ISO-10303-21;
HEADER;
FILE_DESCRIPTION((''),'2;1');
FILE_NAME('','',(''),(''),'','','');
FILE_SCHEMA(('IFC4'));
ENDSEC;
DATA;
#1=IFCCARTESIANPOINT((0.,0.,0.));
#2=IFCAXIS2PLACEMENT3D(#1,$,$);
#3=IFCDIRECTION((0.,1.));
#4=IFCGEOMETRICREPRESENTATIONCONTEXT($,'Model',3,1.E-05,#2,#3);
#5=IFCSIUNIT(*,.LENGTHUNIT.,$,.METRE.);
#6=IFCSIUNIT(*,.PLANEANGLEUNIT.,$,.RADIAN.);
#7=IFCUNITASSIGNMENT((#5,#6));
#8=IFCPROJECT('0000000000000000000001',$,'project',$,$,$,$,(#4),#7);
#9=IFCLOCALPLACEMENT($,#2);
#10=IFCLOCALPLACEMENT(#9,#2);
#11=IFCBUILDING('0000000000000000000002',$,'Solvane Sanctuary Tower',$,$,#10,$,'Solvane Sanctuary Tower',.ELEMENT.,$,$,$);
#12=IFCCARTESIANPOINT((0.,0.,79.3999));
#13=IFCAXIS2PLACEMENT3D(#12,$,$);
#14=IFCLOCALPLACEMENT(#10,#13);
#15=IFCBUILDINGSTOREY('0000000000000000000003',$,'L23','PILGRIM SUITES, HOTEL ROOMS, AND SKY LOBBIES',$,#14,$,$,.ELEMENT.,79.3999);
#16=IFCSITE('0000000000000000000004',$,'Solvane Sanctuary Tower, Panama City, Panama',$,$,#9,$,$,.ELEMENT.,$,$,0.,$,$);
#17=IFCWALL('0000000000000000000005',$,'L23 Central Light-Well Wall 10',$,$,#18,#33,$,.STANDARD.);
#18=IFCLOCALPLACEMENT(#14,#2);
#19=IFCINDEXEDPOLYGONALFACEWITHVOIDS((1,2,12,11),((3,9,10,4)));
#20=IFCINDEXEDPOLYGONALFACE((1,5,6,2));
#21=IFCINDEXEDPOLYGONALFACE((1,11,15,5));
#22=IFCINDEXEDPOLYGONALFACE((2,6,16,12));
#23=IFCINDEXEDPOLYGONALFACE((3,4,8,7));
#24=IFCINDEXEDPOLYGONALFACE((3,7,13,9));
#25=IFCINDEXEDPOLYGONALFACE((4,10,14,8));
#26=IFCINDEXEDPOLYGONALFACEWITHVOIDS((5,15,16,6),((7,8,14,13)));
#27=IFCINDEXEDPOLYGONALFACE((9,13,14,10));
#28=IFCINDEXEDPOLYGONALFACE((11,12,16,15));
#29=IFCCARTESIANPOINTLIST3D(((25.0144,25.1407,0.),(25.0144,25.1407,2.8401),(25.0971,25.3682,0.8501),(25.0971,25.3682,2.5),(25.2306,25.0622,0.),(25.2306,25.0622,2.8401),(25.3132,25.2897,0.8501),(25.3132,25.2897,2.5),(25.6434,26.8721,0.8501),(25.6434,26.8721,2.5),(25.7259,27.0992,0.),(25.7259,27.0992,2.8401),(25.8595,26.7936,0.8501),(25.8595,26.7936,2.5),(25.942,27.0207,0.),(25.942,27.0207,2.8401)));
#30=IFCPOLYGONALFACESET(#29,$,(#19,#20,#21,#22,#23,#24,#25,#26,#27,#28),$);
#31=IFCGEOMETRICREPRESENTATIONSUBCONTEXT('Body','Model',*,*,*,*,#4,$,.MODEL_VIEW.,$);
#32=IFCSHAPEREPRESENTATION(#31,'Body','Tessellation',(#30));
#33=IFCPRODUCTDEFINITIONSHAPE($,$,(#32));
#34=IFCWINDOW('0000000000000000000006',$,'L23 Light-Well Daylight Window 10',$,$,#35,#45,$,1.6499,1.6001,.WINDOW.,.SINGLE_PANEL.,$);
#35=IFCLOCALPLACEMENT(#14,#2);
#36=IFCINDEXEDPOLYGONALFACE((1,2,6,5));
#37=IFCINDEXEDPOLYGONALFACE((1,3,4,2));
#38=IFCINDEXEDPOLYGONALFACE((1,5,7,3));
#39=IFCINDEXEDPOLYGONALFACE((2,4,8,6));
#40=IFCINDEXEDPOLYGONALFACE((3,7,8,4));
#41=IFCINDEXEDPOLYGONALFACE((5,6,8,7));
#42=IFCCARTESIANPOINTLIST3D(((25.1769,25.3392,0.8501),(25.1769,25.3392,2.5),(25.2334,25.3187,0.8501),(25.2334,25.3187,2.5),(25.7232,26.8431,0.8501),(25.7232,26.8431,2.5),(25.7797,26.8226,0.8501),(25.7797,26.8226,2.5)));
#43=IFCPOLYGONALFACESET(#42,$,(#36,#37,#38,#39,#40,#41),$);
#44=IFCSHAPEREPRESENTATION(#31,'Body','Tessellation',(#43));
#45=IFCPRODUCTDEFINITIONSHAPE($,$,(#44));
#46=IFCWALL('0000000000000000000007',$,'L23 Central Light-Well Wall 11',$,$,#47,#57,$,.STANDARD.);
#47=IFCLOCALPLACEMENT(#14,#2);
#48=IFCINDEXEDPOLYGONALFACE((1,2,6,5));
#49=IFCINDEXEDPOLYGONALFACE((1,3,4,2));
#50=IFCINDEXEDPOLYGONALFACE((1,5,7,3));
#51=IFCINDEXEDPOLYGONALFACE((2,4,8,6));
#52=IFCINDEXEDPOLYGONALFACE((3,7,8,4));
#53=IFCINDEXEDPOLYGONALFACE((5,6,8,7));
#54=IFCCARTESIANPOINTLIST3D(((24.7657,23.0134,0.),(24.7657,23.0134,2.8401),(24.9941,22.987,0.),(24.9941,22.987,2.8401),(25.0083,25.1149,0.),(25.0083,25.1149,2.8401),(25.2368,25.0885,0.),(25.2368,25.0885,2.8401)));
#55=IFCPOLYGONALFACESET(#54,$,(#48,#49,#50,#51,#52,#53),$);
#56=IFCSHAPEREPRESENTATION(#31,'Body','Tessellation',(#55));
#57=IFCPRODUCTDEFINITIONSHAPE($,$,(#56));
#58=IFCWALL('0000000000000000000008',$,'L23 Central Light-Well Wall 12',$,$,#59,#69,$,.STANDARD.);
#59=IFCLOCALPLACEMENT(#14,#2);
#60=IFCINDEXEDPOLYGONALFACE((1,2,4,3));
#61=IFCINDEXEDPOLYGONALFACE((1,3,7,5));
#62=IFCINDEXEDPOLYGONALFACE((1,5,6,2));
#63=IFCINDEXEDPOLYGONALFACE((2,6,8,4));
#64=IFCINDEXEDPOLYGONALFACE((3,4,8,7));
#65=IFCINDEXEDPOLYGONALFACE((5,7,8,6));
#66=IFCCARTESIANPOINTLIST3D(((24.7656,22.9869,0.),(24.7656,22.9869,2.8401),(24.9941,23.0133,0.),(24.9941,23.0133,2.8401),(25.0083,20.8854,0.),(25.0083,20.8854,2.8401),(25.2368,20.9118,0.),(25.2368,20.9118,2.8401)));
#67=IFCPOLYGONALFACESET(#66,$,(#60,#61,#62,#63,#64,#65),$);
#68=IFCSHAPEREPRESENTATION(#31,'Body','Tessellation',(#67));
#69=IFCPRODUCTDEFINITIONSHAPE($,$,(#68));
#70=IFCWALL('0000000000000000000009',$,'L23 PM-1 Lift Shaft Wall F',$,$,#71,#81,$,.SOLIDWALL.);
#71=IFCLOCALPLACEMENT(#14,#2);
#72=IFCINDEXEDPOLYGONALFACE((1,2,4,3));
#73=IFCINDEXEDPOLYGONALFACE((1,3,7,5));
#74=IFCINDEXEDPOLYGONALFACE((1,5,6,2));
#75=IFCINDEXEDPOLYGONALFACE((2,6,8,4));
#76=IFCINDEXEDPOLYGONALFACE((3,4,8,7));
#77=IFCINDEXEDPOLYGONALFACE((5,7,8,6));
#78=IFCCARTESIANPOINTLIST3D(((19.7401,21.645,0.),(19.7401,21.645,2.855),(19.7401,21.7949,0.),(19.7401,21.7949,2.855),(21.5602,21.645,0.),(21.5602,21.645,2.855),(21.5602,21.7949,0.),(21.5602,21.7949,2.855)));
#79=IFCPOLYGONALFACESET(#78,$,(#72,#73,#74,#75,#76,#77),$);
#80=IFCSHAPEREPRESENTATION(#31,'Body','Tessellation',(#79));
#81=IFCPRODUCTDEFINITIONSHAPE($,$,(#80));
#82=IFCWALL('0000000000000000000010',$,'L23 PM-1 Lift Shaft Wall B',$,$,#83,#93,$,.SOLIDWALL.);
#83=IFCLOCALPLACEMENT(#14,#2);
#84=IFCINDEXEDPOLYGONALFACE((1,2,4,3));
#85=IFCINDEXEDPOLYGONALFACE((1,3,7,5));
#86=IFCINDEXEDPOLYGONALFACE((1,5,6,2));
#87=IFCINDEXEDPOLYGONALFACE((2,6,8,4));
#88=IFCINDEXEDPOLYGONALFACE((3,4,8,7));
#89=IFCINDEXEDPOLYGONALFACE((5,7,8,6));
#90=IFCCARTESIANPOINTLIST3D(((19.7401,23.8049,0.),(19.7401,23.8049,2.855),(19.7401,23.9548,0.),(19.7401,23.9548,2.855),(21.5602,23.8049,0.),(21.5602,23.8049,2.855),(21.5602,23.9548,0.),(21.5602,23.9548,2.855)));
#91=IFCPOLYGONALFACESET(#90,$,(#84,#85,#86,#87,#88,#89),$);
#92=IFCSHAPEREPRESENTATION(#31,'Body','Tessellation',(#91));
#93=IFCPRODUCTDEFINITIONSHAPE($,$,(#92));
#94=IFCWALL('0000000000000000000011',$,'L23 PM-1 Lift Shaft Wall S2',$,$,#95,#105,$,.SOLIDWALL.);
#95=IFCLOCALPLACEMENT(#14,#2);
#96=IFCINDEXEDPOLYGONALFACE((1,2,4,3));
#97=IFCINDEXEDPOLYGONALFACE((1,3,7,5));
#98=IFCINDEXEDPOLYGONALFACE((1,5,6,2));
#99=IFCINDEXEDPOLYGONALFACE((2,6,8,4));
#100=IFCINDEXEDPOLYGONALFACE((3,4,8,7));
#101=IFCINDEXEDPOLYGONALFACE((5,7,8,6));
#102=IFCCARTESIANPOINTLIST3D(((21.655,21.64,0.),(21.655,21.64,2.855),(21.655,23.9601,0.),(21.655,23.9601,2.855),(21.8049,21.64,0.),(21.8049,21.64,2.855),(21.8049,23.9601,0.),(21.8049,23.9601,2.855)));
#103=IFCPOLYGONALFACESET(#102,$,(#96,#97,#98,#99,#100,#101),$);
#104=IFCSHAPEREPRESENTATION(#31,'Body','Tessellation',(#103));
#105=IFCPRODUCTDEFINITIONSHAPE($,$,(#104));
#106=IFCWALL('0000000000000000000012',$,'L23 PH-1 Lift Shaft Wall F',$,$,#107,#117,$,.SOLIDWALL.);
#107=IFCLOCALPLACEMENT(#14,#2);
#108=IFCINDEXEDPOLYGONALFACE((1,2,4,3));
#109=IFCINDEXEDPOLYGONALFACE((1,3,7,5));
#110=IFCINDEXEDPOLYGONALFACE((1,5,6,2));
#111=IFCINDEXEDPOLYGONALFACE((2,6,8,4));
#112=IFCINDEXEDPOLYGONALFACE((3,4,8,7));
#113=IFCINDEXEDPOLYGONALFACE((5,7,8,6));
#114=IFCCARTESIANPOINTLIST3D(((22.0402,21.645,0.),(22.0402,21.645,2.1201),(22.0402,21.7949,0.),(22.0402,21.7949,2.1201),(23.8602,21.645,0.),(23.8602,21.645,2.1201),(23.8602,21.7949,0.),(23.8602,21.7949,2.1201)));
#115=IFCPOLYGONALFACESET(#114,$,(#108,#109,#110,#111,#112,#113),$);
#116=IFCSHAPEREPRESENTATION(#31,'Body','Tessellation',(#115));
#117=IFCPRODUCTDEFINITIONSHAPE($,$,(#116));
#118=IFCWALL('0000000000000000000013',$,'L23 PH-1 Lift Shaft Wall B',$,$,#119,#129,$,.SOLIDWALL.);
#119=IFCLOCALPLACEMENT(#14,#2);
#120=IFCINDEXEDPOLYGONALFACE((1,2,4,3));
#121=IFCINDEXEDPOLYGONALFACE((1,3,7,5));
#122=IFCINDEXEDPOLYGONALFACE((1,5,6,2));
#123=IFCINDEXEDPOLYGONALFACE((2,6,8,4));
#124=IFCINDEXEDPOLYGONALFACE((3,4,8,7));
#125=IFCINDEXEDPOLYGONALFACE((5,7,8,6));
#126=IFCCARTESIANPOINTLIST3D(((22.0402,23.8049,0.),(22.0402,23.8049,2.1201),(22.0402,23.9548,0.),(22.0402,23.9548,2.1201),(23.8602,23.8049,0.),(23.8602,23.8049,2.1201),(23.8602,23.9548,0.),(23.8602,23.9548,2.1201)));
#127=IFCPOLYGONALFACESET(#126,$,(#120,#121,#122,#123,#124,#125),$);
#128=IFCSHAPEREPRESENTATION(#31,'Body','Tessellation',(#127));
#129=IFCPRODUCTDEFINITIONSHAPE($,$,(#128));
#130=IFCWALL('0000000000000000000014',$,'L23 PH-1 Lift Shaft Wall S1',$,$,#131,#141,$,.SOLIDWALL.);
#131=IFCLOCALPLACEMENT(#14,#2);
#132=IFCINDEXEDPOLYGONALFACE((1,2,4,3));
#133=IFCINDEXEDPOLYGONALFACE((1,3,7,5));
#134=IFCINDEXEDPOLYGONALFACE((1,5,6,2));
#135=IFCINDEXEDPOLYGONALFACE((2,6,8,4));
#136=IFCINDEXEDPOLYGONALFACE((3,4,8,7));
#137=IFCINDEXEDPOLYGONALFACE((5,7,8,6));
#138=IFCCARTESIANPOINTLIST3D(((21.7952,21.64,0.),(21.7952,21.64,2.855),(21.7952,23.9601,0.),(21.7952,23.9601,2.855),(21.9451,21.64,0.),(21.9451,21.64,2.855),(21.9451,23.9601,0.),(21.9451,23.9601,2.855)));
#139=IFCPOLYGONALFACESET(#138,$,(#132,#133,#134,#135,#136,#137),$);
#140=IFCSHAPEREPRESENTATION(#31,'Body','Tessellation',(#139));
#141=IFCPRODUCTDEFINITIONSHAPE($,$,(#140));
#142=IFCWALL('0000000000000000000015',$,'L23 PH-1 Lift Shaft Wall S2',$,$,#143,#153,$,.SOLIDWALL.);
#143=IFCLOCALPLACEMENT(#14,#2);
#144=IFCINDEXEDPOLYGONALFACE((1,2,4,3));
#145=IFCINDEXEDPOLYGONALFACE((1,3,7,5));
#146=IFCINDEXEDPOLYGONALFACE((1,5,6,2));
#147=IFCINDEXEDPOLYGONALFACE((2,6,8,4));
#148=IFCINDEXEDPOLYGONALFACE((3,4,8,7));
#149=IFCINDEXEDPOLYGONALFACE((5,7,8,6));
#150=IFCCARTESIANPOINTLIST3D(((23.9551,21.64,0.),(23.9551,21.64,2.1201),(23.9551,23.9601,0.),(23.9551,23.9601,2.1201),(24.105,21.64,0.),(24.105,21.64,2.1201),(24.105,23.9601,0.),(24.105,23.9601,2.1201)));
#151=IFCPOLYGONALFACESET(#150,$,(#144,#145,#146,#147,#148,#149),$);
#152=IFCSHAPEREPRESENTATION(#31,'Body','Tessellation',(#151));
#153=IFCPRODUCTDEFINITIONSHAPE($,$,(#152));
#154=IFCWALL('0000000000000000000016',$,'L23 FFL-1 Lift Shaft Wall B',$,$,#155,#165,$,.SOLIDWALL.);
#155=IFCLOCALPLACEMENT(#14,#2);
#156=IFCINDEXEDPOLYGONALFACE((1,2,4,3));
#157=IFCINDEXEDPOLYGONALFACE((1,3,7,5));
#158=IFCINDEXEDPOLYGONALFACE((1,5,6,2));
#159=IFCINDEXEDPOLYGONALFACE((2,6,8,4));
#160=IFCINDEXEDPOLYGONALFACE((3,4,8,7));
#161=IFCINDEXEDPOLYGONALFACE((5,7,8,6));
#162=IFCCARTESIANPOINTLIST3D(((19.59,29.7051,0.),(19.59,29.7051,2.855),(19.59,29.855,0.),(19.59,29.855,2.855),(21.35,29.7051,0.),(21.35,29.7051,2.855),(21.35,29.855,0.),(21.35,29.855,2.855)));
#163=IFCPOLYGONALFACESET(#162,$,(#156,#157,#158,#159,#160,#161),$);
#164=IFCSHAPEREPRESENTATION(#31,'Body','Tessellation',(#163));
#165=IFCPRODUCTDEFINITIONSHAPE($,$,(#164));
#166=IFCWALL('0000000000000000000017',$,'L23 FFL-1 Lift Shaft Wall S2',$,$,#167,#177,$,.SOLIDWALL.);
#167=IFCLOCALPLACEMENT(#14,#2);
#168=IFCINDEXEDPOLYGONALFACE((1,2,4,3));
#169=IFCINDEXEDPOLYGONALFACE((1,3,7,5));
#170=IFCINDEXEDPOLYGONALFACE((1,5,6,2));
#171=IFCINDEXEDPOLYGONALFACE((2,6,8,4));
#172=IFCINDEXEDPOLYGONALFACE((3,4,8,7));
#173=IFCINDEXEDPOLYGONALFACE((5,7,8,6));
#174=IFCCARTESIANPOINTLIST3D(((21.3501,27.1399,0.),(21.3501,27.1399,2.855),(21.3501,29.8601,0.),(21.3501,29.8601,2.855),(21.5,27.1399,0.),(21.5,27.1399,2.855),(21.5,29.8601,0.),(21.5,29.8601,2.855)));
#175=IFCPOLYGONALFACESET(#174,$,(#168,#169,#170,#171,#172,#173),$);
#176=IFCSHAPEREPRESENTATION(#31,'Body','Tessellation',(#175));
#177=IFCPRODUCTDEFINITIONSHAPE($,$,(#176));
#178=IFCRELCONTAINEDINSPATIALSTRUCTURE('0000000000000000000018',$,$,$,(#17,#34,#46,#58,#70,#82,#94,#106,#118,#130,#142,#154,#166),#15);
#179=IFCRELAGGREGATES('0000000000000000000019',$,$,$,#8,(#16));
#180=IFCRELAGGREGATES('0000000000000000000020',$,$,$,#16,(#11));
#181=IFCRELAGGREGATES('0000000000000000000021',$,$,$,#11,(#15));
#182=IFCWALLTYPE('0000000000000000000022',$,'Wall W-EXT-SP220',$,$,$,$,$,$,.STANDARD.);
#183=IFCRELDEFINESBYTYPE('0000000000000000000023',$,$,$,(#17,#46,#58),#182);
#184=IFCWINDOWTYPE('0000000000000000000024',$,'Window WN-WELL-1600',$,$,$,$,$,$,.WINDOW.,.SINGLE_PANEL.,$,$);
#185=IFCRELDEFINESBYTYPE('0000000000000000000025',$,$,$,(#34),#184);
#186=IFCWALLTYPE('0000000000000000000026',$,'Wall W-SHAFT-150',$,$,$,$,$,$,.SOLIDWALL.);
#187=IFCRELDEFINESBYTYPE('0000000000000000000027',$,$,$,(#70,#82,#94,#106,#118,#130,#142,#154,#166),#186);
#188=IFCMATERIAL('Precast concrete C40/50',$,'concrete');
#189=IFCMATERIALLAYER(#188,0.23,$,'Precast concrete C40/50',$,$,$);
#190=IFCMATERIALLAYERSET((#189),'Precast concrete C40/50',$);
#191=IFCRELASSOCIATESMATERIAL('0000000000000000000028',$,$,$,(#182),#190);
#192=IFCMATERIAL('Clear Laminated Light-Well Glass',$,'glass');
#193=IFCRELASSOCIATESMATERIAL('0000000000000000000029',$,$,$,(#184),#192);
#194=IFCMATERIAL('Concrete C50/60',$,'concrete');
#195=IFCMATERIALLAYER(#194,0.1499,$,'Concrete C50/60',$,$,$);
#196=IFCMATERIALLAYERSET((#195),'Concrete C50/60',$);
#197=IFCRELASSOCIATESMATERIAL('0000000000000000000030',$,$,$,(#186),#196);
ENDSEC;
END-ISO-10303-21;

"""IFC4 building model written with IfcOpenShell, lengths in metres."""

from ifc_helpers import new_model, si_unit, direction, frame, frame_2d, origin, place, context, subcontext, project, spatial, rectangle, extrude, material, layer, layer_set, type_object, element, fill, save


model = new_model("IFC4")

# Units and contexts
model_context = context("Model", 3, precision=1e-05, world=origin(), true_north=direction((0.0, 1.0)))
body_context = subcontext(model_context, "Body", "Model", "MODEL_VIEW")
ifc_project = project(units=[si_unit("LENGTHUNIT", "METRE"), si_unit("PLANEANGLEUNIT", "RADIAN")], contexts=[model_context])

# Site, building, storey
site_placement = place(None, origin())
site = spatial("IfcSite", under=ifc_project, at=site_placement, Name="Solvane Sanctuary Tower, Panama City, Panama", CompositionType="ELEMENT", RefElevation=0.0)
building_placement = place(site_placement, origin())
building = spatial("IfcBuilding", under=site, at=building_placement, Name="Solvane Sanctuary Tower", LongName="Solvane Sanctuary Tower", CompositionType="ELEMENT")
storey_placement = place(building_placement, frame((0.0, 0.0, 79.3999)))
storey = spatial("IfcBuildingStorey", under=building, at=storey_placement, Name="L23", Description="PILGRIM SUITES, HOTEL ROOMS, AND SKY LOBBIES", CompositionType="ELEMENT", Elevation=79.3999)

# Shared definitions
ifc_material_1 = material(Name="Precast concrete C40/50", Category="concrete")
ifc_layer_1 = layer(ifc_material_1, 0.23, Name="Precast concrete C40/50")
ifc_layer_set_1 = layer_set([ifc_layer_1], Name="Precast concrete C40/50")
wall_type_1 = type_object("IfcWallType", Name="Wall W-EXT-SP220", PredefinedType="STANDARD", material=ifc_layer_set_1)

# Wall, opening, window
wall_1_placement = place(storey_placement, frame((25.834, 27.0601, 0.0), z_axis=(0.0, 0.0, 1.0), x_axis=(-0.341423, -0.93991, 0.0)))
wall_1 = element("IfcWall", 1, at=wall_1_placement, inside=storey, type_object=wall_type_1, Name="L23 Central Light-Well Wall 10", PredefinedType="STANDARD", context=body_context, shape_type="SweptSolid", body=[
    extrude(rectangle(XDim=2.0837, YDim=0.23, at=frame_2d((1.042, 0.0))), origin(), (0.0, 0.0, 1.0), 2.8401),
])
opening_1_placement = place(wall_1_placement, frame((0.2417, 0.0, 0.8501)))
opening_1 = element("IfcOpeningElement", 2, at=opening_1_placement, cuts=wall_1, PredefinedType="OPENING", context=body_context, shape_type="SweptSolid", body=[
    extrude(rectangle(XDim=1.6001, YDim=1.6499, at=frame_2d((0.8, 0.825))), frame((0.0, 0.125, 0.0), z_axis=(0.0, -1.0, 0.0), x_axis=(1.0, 0.0, 0.0)), (0.0, 0.0, 1.0), 0.25),
])
ifc_material_2 = material(Name="Clear Laminated Light-Well Glass", Category="glass")
window_type = type_object("IfcWindowType", Name="Window WN-WELL-1600", PartitioningType="SINGLE_PANEL", PredefinedType="WINDOW", material=ifc_material_2)
window_placement = place(opening_1_placement, origin())
window = element("IfcWindow", 3, at=window_placement, inside=storey, type_object=window_type, Name="L23 Light-Well Daylight Window 10", OverallHeight=1.6499, OverallWidth=1.6001, PartitioningType="SINGLE_PANEL", PredefinedType="WINDOW", context=body_context, shape_type="SweptSolid", body=[
    extrude(rectangle(XDim=1.6001, YDim=1.6499, at=frame_2d((0.8, 0.825))), frame((0.0, 0.03, 0.0), z_axis=(0.0, -1.0, 0.0), x_axis=(1.0, 0.0, 0.0)), (0.0, 0.0, 1.0), 0.0601),
])
fill(opening_1, window)

# Walls
for number, where, z_axis, x_axis, name in (
    (4, (25.1226, 25.1016, 0.0), (0.0, 0.0, 1.0), (-0.114712, -0.993399, 0.0), "L23 Central Light-Well Wall 11"),
    (5, (24.8799, 23.0, 0.0), (0.0, 0.0, 1.0), (0.114712, -0.993399, 0.0), "L23 Central Light-Well Wall 12"),
):
    element("IfcWall", number, at=place(storey_placement, frame(where, z_axis=z_axis, x_axis=x_axis)), inside=storey, type_object=wall_type_1, Name=name, PredefinedType="STANDARD", context=body_context, shape_type="SweptSolid", body=[
        extrude(rectangle(XDim=2.1155, YDim=0.23, at=frame_2d((1.0576, 0.0))), origin(), (0.0, 0.0, 1.0), 2.8401),
    ])
ifc_material_3 = material(Name="Concrete C50/60", Category="concrete")
ifc_layer_2 = layer(ifc_material_3, 0.1499, Name="Concrete C50/60")
ifc_layer_set_2 = layer_set([ifc_layer_2], Name="Concrete C50/60")
wall_type_2 = type_object("IfcWallType", Name="Wall W-SHAFT-150", PredefinedType="SOLIDWALL", material=ifc_layer_set_2)
for number, where, z_axis, x_axis, name in (
    (6, (19.74, 21.72, 0.0), (0.0, 0.0, 1.0), (1.0, 0.0, 0.0), "L23 PM-1 Lift Shaft Wall F"),
    (7, (19.74, 23.8799, 0.0), (0.0, 0.0, 1.0), (1.0, 0.0, 0.0), "L23 PM-1 Lift Shaft Wall B"),
):
    element("IfcWall", number, at=place(storey_placement, frame(where, z_axis=z_axis, x_axis=x_axis)), inside=storey, type_object=wall_type_2, Name=name, PredefinedType="SOLIDWALL", context=body_context, shape_type="SweptSolid", body=[
        extrude(rectangle(XDim=1.8201, YDim=0.1499, at=frame_2d((0.9102, 0.0))), origin(), (0.0, 0.0, 1.0), 2.855),
    ])
wall_2_placement = place(storey_placement, frame((21.73, 21.6399, 0.0), z_axis=(0.0, 0.0, 1.0), x_axis=(0.0, 1.0, 0.0)))
element("IfcWall", 8, at=wall_2_placement, inside=storey, type_object=wall_type_2, Name="L23 PM-1 Lift Shaft Wall S2", PredefinedType="SOLIDWALL", context=body_context, shape_type="SweptSolid", body=[
    extrude(rectangle(XDim=2.3201, YDim=0.1499, at=frame_2d((1.1602, 0.0))), origin(), (0.0, 0.0, 1.0), 2.855),
])
for number, where, z_axis, x_axis, name in (
    (9, (22.04, 21.72, 0.0), (0.0, 0.0, 1.0), (1.0, 0.0, 0.0), "L23 PH-1 Lift Shaft Wall F"),
    (10, (22.04, 23.8799, 0.0), (0.0, 0.0, 1.0), (1.0, 0.0, 0.0), "L23 PH-1 Lift Shaft Wall B"),
):
    element("IfcWall", number, at=place(storey_placement, frame(where, z_axis=z_axis, x_axis=x_axis)), inside=storey, type_object=wall_type_2, Name=name, PredefinedType="SOLIDWALL", context=body_context, shape_type="SweptSolid", body=[
        extrude(rectangle(XDim=1.8201, YDim=0.1499, at=frame_2d((0.9102, 0.0))), origin(), (0.0, 0.0, 1.0), 2.1201),
    ])
wall_3_placement = place(storey_placement, frame((21.8701, 21.6399, 0.0), z_axis=(0.0, 0.0, 1.0), x_axis=(0.0, 1.0, 0.0)))
element("IfcWall", 11, at=wall_3_placement, inside=storey, type_object=wall_type_2, Name="L23 PH-1 Lift Shaft Wall S1", PredefinedType="SOLIDWALL", context=body_context, shape_type="SweptSolid", body=[
    extrude(rectangle(XDim=2.3201, YDim=0.1499, at=frame_2d((1.1602, 0.0))), origin(), (0.0, 0.0, 1.0), 2.855),
])
wall_4_placement = place(storey_placement, frame((24.03, 21.6399, 0.0), z_axis=(0.0, 0.0, 1.0), x_axis=(0.0, 1.0, 0.0)))
element("IfcWall", 12, at=wall_4_placement, inside=storey, type_object=wall_type_2, Name="L23 PH-1 Lift Shaft Wall S2", PredefinedType="SOLIDWALL", context=body_context, shape_type="SweptSolid", body=[
    extrude(rectangle(XDim=2.3201, YDim=0.1499, at=frame_2d((1.1602, 0.0))), origin(), (0.0, 0.0, 1.0), 2.1201),
])
wall_5_placement = place(storey_placement, frame((19.5901, 29.78, 0.0), z_axis=(0.0, 0.0, 1.0), x_axis=(1.0, 0.0, 0.0)))
element("IfcWall", 13, at=wall_5_placement, inside=storey, type_object=wall_type_2, Name="L23 FFL-1 Lift Shaft Wall B", PredefinedType="SOLIDWALL", context=body_context, shape_type="SweptSolid", body=[
    extrude(rectangle(XDim=1.76, YDim=0.1499, at=frame_2d((0.8799, 0.0))), origin(), (0.0, 0.0, 1.0), 2.855),
])
wall_6_placement = place(storey_placement, frame((21.425, 27.1399, 0.0), z_axis=(0.0, 0.0, 1.0), x_axis=(0.0, 1.0, 0.0)))
element("IfcWall", 14, at=wall_6_placement, inside=storey, type_object=wall_type_2, Name="L23 FFL-1 Lift Shaft Wall S2", PredefinedType="SOLIDWALL", context=body_context, shape_type="SweptSolid", body=[
    extrude(rectangle(XDim=2.7202, YDim=0.1499, at=frame_2d((1.3601, 0.0))), origin(), (0.0, 0.0, 1.0), 2.855),
])

save(model, "model.ifc")
